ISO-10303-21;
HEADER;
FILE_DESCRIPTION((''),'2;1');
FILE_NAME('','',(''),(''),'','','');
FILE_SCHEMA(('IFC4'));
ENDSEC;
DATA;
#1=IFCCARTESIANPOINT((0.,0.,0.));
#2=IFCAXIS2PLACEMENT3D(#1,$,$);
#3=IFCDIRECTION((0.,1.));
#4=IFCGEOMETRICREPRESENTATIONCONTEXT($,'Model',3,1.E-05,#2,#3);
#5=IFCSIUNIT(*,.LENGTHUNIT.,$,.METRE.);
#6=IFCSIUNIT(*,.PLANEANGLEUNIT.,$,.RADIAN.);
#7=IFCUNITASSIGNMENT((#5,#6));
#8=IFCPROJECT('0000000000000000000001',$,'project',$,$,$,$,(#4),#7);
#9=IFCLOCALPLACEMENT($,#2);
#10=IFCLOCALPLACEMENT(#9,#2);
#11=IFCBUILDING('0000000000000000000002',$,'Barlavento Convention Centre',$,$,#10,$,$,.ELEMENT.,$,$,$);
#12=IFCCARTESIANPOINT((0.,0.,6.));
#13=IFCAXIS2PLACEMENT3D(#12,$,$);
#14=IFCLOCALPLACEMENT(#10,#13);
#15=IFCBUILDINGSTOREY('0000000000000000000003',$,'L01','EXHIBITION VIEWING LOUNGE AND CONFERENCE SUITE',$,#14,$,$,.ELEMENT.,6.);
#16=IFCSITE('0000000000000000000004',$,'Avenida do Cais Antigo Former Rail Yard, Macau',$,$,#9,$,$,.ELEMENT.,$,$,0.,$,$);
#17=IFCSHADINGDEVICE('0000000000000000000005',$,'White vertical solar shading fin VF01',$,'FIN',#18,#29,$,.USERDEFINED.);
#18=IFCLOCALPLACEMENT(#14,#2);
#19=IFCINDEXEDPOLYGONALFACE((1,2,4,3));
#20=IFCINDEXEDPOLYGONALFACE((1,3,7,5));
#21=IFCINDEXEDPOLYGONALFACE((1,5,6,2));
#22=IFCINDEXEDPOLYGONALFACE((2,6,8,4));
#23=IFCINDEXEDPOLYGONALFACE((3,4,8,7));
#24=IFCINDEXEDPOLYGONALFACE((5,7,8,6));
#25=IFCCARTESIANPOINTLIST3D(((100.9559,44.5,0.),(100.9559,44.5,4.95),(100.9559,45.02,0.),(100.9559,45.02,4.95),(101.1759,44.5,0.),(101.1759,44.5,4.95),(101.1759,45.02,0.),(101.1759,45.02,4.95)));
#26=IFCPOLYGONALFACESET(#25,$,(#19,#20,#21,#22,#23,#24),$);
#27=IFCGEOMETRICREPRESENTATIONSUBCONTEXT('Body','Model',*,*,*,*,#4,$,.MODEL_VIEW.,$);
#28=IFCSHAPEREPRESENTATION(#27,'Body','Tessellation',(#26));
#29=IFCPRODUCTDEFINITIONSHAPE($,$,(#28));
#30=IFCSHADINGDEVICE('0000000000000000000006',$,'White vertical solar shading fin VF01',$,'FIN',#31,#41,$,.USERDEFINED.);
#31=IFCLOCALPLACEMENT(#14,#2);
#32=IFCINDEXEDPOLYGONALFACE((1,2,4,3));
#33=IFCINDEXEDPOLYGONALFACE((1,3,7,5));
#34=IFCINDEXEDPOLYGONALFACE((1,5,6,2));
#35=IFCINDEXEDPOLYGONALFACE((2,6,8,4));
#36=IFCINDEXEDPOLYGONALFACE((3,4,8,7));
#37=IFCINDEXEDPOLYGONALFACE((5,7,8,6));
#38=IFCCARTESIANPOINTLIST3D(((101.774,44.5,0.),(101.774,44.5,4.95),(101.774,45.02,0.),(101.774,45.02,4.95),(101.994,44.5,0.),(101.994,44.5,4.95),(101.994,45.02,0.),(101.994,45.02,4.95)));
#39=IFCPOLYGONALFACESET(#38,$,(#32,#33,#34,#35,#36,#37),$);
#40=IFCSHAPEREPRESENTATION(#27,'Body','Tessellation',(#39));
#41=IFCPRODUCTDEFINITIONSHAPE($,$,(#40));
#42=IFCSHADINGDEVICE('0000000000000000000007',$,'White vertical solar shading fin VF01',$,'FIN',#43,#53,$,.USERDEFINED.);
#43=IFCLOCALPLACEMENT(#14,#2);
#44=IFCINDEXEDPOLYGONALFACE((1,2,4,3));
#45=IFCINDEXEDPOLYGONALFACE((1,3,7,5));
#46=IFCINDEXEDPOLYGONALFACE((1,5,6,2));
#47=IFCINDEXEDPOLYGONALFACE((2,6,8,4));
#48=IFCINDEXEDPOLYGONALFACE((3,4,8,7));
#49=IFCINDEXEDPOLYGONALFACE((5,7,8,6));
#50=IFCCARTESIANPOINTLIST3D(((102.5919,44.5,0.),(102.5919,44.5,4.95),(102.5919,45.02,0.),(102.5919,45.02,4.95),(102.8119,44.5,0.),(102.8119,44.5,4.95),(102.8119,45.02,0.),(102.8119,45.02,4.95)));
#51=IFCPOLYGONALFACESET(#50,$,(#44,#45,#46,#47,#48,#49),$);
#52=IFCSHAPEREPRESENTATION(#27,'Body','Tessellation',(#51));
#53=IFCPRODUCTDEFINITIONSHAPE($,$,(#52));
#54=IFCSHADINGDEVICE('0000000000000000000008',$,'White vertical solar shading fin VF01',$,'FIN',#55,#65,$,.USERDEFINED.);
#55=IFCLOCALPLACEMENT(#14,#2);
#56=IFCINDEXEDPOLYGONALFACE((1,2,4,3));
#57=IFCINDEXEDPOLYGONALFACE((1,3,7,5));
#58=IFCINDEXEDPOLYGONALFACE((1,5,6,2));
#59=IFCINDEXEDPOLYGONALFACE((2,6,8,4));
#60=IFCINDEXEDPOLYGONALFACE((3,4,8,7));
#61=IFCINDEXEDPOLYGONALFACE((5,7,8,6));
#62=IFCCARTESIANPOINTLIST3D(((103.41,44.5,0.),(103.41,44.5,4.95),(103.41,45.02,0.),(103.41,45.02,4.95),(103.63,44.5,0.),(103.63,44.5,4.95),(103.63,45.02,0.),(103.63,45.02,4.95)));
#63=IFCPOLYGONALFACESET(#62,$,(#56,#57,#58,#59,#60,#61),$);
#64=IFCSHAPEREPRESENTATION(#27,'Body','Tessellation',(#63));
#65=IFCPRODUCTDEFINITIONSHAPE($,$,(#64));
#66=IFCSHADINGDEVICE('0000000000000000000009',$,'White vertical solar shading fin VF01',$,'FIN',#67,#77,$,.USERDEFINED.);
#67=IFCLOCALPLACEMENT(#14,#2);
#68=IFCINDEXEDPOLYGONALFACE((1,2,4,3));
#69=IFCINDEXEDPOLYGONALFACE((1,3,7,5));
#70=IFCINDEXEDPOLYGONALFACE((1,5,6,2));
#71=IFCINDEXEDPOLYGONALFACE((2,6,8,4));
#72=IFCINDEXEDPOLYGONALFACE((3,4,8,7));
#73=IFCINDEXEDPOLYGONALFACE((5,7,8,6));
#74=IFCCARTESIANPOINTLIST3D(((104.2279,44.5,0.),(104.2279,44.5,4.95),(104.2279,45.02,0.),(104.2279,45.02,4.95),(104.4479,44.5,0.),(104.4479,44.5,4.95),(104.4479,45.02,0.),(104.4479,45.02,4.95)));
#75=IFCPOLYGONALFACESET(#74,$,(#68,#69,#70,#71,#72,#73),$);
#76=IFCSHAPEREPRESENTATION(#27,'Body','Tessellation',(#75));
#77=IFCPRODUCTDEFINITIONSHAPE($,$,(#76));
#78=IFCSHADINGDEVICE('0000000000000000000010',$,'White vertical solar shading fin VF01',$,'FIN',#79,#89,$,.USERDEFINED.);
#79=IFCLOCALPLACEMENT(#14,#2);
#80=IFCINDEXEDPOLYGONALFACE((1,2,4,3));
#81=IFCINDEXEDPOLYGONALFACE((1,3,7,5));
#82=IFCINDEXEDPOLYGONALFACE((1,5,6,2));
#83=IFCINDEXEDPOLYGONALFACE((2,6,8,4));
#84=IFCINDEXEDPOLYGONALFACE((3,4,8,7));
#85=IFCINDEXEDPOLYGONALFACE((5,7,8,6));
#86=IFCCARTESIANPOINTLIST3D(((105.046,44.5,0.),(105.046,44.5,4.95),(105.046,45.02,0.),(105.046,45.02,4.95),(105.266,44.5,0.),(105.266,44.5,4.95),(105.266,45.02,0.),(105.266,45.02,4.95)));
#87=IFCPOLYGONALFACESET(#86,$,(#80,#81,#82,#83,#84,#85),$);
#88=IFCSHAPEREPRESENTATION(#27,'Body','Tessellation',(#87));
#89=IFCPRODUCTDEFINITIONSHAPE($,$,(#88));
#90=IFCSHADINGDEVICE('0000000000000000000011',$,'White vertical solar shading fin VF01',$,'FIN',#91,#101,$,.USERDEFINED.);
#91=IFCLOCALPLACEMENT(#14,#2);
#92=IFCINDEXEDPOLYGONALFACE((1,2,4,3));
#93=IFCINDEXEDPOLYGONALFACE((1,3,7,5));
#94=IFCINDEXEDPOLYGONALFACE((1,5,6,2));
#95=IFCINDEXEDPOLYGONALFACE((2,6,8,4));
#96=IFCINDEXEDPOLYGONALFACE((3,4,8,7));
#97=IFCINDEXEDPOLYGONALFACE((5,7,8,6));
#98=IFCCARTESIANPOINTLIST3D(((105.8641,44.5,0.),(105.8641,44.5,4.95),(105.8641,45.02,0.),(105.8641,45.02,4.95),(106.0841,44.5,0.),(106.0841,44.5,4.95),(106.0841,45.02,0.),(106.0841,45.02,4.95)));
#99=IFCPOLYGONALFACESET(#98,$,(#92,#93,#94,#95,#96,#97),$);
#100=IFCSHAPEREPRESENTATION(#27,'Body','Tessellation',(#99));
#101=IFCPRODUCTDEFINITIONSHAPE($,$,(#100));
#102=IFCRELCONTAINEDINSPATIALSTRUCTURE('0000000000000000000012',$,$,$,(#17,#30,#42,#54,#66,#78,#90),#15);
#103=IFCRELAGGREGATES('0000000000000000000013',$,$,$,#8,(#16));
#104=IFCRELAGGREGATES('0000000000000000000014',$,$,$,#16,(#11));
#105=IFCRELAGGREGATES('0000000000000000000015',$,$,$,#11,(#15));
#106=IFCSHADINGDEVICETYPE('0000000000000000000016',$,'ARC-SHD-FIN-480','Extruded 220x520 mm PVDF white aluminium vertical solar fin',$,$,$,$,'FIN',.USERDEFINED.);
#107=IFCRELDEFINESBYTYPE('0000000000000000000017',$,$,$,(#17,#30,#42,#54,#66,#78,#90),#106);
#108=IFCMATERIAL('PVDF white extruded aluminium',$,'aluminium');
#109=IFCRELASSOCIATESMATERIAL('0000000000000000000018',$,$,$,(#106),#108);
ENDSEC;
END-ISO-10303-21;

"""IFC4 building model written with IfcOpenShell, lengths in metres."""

from ifc_helpers import new_model, si_unit, direction, frame, origin, origin_2d, place, context, subcontext, project, spatial, rectangle, extrude, material, type_object, element, save


model = new_model("IFC4")

# Units and contexts
model_context = context("Model", 3, precision=1e-05, world=origin(), true_north=direction((0.0, 1.0)))
body_context = subcontext(model_context, "Body", "Model", "MODEL_VIEW")
ifc_project = project(units=[si_unit("LENGTHUNIT", "METRE"), si_unit("PLANEANGLEUNIT", "RADIAN")], contexts=[model_context])

# Site, building, storey
site_placement = place(None, origin())
site = spatial("IfcSite", under=ifc_project, at=site_placement, Name="Avenida do Cais Antigo Former Rail Yard, Macau", CompositionType="ELEMENT", RefElevation=0.0)
building_placement = place(site_placement, origin())
building = spatial("IfcBuilding", under=site, at=building_placement, Name="Barlavento Convention Centre", CompositionType="ELEMENT")
storey_placement = place(building_placement, frame((0.0, 0.0, 6.0)))
storey = spatial("IfcBuildingStorey", under=building, at=storey_placement, Name="L01", Description="EXHIBITION VIEWING LOUNGE AND CONFERENCE SUITE", CompositionType="ELEMENT", Elevation=6.0)

# Shading devices
ifc_material_1 = material(Name="PVDF white extruded aluminium", Category="aluminium")
shading_device_type = type_object("IfcShadingDeviceType", Name="ARC-SHD-FIN-480", Description="Extruded 220x520 mm PVDF white aluminium vertical solar fin", ElementType="FIN", PredefinedType="USERDEFINED", material=ifc_material_1)
for number, where, z_axis, x_axis, name in (
    (1, (101.0659, 44.76, 0.0), (0.0, 0.0, 1.0), (1.0, 0.0, 0.0), "White vertical solar shading fin VF01"),
    (2, (101.884, 44.76, 0.0), (0.0, 0.0, 1.0), (1.0, 0.0, 0.0), "White vertical solar shading fin VF01"),
    (3, (102.7019, 44.76, 0.0), (0.0, 0.0, 1.0), (1.0, 0.0, 0.0), "White vertical solar shading fin VF01"),
    (4, (103.52, 44.76, 0.0), (0.0, 0.0, 1.0), (1.0, 0.0, 0.0), "White vertical solar shading fin VF01"),
    (5, (104.3379, 44.76, 0.0), (0.0, 0.0, 1.0), (1.0, 0.0, 0.0), "White vertical solar shading fin VF01"),
    (6, (105.156, 44.76, 0.0), (0.0, 0.0, 1.0), (1.0, 0.0, 0.0), "White vertical solar shading fin VF01"),
    (7, (105.9741, 44.76, 0.0), (0.0, 0.0, 1.0), (1.0, 0.0, 0.0), "White vertical solar shading fin VF01"),
):
    element("IfcShadingDevice", number, at=place(storey_placement, frame(where, z_axis=z_axis, x_axis=x_axis)), inside=storey, type_object=shading_device_type, Name=name, ObjectType="FIN", PredefinedType="USERDEFINED", context=body_context, shape_type="SweptSolid", body=[
        extrude(rectangle(XDim=0.22, YDim=0.52, at=origin_2d()), origin(), (0.0, 0.0, 1.0), 4.95),
    ])

save(model, "model.ifc")
